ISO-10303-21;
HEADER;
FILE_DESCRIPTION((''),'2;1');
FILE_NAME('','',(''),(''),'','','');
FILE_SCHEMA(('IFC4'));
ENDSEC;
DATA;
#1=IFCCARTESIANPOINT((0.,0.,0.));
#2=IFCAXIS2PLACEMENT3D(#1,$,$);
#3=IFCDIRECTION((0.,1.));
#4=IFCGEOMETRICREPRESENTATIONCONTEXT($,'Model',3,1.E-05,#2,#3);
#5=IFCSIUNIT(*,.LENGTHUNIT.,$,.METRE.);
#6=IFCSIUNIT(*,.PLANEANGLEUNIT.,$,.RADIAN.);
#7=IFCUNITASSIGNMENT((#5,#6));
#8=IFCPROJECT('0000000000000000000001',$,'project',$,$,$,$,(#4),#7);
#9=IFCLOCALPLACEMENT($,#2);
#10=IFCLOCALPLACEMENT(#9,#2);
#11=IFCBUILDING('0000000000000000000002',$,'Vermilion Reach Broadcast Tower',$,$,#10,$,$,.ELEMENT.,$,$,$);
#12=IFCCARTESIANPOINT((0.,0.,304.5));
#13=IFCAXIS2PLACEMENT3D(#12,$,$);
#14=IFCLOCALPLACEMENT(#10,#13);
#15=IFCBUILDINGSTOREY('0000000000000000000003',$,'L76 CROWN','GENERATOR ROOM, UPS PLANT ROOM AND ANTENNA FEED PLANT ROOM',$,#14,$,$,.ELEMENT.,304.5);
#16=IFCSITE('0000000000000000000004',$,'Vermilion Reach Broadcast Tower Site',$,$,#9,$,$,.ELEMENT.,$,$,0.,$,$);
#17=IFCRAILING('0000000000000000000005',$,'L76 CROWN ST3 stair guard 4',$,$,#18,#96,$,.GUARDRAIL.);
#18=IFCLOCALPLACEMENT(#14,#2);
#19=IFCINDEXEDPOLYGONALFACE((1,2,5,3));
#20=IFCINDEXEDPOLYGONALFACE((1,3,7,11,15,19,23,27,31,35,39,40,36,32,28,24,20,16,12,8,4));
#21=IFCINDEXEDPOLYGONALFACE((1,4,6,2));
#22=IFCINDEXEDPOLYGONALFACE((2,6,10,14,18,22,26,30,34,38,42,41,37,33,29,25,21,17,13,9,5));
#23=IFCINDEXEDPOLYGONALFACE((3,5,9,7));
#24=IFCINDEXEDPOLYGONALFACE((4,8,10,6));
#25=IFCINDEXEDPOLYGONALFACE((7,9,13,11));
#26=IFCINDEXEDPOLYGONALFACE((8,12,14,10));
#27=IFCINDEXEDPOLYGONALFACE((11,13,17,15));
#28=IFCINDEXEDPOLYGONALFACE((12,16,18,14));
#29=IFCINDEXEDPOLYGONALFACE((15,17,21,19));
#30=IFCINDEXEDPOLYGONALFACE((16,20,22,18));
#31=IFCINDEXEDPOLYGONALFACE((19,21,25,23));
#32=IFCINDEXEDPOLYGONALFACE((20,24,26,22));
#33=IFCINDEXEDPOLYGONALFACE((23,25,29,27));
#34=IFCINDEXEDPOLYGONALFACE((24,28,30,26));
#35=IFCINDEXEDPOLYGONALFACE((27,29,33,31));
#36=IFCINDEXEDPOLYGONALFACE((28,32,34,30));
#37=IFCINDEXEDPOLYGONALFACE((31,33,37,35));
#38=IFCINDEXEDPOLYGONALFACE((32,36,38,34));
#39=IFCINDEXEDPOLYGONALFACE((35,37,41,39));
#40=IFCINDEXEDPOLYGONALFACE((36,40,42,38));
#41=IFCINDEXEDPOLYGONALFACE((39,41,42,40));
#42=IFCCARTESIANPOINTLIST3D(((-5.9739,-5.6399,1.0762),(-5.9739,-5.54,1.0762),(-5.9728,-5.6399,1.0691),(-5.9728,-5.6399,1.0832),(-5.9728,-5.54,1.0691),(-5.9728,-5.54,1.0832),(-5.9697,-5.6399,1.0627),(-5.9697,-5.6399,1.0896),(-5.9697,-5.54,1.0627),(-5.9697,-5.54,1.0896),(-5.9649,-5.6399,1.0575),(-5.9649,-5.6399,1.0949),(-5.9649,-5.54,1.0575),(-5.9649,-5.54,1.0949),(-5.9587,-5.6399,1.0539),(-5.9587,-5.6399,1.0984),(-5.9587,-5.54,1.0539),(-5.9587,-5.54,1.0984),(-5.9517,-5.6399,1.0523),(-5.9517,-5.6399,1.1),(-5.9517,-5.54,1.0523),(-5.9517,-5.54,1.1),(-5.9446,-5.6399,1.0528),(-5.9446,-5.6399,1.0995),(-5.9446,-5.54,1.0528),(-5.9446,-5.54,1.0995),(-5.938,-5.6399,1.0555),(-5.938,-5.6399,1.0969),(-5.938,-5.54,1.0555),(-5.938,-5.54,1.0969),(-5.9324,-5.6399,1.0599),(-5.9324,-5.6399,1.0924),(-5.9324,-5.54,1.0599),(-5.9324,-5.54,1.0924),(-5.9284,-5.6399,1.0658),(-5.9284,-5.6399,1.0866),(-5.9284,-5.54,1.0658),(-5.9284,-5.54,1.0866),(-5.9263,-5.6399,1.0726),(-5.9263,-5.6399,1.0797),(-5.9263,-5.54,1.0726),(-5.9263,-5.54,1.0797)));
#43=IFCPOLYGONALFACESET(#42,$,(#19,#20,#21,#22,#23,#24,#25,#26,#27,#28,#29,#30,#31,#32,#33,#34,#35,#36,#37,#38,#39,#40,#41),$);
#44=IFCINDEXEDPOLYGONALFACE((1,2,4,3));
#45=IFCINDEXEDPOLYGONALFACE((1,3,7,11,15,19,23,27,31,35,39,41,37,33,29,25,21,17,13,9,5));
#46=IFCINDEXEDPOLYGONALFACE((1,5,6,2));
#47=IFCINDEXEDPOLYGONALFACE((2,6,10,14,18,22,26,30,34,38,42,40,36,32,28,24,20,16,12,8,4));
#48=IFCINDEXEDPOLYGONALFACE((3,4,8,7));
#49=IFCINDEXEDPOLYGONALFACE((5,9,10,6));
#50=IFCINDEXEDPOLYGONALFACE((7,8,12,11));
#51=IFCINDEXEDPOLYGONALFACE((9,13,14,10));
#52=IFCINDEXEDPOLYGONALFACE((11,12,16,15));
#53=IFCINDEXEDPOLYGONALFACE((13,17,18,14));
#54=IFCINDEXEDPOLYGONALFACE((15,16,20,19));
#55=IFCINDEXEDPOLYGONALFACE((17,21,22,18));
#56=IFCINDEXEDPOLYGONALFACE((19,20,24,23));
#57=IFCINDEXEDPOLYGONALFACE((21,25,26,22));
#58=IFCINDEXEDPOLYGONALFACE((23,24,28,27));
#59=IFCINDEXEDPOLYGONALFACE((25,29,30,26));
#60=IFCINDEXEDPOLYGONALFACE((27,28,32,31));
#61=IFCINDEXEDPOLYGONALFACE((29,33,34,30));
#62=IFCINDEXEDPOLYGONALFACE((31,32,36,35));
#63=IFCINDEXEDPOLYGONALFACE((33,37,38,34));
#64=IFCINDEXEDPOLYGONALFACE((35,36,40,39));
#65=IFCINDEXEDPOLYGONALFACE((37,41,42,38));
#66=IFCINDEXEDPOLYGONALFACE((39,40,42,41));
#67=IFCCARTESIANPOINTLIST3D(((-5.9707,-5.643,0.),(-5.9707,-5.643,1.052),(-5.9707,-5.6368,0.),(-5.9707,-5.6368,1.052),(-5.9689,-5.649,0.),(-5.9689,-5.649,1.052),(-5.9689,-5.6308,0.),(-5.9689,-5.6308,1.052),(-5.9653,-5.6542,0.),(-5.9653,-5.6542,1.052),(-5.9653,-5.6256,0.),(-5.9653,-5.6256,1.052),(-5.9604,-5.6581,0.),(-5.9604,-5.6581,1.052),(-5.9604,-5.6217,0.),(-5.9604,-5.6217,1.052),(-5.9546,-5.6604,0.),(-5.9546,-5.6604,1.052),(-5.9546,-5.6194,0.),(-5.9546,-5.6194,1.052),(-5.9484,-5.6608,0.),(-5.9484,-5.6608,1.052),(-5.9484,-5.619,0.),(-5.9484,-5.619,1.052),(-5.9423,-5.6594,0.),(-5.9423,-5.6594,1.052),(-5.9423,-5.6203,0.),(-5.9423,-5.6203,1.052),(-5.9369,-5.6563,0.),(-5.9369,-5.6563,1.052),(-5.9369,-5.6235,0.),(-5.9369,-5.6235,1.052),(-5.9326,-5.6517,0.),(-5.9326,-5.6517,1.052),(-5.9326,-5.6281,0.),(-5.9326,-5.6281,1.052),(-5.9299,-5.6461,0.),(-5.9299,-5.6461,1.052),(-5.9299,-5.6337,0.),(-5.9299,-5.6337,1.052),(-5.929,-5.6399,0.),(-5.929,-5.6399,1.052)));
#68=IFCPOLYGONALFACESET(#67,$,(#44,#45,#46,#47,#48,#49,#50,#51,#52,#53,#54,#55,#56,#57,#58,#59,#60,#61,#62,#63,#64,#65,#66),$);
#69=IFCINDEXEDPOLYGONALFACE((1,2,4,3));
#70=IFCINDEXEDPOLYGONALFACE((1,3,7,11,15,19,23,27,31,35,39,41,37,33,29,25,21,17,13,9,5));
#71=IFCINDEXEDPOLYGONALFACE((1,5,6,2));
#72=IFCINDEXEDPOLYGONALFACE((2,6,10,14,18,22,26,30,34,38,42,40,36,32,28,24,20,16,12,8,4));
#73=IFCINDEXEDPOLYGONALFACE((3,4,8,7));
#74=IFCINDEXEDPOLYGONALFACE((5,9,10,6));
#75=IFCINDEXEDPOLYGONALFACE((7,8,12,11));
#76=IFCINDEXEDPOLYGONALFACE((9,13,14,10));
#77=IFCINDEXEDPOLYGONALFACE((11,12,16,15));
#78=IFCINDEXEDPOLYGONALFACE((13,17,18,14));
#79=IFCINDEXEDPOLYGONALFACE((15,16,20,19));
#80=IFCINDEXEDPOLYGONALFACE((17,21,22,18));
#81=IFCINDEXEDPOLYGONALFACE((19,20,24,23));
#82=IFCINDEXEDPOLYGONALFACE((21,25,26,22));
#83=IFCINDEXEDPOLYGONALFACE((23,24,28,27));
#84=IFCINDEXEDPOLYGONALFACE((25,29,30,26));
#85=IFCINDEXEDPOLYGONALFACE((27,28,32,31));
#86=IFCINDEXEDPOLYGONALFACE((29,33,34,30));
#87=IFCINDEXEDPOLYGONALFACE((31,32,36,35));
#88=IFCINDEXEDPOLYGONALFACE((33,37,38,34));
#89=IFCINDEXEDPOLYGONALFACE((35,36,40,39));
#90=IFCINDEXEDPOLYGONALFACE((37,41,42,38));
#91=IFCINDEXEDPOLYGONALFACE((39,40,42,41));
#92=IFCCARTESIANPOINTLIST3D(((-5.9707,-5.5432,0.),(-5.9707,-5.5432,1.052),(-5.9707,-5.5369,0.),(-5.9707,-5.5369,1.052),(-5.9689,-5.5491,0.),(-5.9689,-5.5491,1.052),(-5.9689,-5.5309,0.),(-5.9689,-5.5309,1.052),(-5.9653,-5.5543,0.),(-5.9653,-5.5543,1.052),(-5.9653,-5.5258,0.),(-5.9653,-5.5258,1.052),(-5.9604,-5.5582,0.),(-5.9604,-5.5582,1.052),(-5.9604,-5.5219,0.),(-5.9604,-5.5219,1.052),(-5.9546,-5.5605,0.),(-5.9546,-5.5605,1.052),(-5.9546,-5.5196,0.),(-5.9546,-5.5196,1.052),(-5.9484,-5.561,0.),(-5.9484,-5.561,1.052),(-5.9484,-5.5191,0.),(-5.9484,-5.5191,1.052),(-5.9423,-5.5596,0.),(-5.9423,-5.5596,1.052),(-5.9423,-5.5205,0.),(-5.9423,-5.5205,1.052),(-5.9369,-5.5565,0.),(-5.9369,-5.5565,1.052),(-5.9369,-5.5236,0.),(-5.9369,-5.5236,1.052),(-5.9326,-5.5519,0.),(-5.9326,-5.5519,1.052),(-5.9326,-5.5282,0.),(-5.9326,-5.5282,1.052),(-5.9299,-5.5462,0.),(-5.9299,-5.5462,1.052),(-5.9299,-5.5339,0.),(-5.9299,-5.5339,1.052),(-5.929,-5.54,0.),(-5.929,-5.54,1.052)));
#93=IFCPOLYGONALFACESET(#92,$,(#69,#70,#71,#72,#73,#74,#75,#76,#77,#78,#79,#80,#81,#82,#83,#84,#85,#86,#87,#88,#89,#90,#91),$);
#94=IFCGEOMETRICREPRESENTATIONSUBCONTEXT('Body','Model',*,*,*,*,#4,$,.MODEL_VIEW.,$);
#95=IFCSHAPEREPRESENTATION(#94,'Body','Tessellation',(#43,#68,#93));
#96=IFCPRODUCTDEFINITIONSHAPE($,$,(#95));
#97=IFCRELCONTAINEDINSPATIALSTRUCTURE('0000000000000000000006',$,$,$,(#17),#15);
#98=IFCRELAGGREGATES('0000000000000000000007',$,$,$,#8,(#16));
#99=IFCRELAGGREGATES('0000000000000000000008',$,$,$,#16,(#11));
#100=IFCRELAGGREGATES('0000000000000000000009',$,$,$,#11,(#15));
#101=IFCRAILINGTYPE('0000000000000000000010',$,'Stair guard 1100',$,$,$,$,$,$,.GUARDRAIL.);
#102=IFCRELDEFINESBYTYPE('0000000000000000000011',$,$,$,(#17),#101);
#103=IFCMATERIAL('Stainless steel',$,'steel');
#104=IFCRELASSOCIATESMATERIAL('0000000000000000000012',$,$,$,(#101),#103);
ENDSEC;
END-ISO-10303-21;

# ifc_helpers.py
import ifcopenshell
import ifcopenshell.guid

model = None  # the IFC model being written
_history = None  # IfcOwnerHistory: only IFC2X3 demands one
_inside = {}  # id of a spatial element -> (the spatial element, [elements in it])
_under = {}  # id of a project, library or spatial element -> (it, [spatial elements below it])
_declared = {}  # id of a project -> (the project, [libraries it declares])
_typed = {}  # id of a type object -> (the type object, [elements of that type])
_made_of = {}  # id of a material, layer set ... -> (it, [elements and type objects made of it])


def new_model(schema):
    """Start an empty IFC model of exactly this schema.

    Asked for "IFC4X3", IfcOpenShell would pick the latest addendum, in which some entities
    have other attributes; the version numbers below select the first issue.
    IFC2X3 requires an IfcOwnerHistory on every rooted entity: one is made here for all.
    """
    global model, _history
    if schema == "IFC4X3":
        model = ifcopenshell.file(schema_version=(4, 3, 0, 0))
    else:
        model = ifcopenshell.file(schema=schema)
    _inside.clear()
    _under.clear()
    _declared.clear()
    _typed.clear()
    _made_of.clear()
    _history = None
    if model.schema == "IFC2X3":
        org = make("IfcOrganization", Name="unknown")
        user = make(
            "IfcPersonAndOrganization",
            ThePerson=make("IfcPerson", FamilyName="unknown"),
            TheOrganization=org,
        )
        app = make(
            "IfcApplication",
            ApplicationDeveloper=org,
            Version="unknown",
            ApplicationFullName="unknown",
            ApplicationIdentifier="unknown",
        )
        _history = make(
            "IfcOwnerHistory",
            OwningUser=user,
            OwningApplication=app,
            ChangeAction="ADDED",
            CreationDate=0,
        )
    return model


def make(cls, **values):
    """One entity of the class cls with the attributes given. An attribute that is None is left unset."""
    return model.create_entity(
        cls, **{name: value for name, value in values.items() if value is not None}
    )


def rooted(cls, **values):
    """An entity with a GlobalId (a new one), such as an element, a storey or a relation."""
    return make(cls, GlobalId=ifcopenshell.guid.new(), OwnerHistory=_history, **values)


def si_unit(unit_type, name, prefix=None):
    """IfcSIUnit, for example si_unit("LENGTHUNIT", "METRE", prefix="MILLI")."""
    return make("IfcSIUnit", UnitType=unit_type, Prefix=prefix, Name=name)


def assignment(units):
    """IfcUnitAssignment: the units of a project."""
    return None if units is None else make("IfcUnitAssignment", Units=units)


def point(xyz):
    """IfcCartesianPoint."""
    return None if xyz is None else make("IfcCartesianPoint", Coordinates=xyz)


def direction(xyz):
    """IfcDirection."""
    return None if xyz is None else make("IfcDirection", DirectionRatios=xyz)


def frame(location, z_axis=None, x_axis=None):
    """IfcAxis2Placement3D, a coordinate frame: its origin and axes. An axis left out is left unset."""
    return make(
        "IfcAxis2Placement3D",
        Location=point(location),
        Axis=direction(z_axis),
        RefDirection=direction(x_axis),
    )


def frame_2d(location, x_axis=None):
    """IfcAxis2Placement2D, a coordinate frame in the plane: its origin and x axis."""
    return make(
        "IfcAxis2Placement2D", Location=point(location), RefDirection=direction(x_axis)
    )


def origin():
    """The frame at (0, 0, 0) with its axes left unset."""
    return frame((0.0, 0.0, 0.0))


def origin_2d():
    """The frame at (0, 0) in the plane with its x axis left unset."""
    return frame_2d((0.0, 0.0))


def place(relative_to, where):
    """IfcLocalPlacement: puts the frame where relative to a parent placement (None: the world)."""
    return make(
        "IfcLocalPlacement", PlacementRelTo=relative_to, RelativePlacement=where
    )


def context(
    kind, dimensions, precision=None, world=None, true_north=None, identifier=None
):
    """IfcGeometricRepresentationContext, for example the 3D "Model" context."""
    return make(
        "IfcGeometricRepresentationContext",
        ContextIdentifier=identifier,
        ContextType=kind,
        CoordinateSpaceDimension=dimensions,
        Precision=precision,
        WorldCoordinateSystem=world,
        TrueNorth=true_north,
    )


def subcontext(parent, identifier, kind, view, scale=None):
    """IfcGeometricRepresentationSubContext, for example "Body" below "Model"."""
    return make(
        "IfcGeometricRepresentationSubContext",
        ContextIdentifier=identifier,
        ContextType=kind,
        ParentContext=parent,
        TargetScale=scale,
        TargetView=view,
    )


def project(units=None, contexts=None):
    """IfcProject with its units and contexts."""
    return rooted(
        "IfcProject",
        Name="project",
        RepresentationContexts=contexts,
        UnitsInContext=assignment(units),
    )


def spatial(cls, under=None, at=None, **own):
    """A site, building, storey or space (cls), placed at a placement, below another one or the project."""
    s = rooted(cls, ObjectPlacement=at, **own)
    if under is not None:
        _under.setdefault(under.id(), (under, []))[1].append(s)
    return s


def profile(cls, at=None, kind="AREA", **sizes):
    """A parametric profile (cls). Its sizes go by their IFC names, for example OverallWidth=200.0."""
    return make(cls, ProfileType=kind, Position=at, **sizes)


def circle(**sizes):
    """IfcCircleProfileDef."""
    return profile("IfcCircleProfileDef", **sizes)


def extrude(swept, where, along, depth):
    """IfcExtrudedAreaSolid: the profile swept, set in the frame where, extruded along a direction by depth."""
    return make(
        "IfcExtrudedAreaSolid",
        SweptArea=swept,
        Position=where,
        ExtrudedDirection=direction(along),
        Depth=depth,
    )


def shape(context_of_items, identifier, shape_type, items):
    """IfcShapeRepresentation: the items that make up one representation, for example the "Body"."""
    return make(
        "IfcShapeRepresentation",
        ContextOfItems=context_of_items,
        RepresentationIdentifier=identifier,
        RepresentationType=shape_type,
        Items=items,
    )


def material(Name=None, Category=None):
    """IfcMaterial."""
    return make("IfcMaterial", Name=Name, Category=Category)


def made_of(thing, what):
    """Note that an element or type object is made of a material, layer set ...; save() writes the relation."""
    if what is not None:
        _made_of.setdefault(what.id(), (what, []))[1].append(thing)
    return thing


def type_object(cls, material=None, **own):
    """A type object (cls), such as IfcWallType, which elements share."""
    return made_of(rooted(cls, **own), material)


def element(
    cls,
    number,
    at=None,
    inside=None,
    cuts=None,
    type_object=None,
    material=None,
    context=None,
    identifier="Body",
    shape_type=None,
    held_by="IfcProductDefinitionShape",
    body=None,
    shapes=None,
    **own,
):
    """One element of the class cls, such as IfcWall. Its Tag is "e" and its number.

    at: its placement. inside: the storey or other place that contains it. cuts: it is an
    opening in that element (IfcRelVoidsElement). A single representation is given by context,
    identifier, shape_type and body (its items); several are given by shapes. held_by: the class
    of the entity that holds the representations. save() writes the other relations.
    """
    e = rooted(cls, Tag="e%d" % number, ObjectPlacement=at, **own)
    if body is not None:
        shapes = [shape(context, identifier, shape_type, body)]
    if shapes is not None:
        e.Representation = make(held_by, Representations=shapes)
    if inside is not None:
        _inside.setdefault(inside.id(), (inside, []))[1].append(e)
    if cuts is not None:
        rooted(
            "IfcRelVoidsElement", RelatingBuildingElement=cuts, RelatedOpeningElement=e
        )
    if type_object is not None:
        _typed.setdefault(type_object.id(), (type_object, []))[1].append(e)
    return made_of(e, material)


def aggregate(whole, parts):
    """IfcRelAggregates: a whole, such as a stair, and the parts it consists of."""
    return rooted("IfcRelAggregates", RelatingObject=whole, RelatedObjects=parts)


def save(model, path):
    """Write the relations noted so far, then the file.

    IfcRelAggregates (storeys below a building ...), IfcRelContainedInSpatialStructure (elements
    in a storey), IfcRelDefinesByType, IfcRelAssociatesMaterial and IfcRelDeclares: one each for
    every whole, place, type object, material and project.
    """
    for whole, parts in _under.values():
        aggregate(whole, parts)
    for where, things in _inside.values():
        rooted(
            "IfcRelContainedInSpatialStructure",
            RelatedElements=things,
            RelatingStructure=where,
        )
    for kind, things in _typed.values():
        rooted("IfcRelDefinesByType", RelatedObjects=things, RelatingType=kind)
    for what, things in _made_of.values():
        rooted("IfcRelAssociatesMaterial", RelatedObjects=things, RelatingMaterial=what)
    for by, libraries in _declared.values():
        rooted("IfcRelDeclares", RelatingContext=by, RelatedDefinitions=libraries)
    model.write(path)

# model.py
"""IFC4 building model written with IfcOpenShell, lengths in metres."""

from ifc_helpers import new_model, si_unit, direction, frame, origin, origin_2d, place, context, subcontext, project, spatial, circle, extrude, material, type_object, element, save


model = new_model("IFC4")

# Units and contexts
model_context = context("Model", 3, precision=1e-05, world=origin(), true_north=direction((0.0, 1.0)))
body_context = subcontext(model_context, "Body", "Model", "MODEL_VIEW")
ifc_project = project(units=[si_unit("LENGTHUNIT", "METRE"), si_unit("PLANEANGLEUNIT", "RADIAN")], contexts=[model_context])

# Site, building, storey
site_placement = place(None, origin())
site = spatial("IfcSite", under=ifc_project, at=site_placement, Name="Vermilion Reach Broadcast Tower Site", CompositionType="ELEMENT", RefElevation=0.0)
building_placement = place(site_placement, origin())
building = spatial("IfcBuilding", under=site, at=building_placement, Name="Vermilion Reach Broadcast Tower", CompositionType="ELEMENT")
storey_placement = place(building_placement, frame((0.0, 0.0, 304.5)))
storey = spatial("IfcBuildingStorey", under=building, at=storey_placement, Name="L76 CROWN", Description="GENERATOR ROOM, UPS PLANT ROOM AND ANTENNA FEED PLANT ROOM", CompositionType="ELEMENT", Elevation=304.5)

# Railing
ifc_material_1 = material(Name="Stainless steel", Category="steel")
railing_type_1 = type_object("IfcRailingType", Name="Stair guard 1100", PredefinedType="GUARDRAIL", material=ifc_material_1)
railing_1_placement = place(storey_placement, frame((-5.95, -5.6399, 0.0)))
element("IfcRailing", 1, at=railing_1_placement, inside=storey, type_object=railing_type_1, Name="L76 CROWN ST3 stair guard 4", PredefinedType="GUARDRAIL", context=body_context, shape_type="SweptSolid", body=[
    extrude(circle(Radius=0.0239, at=origin_2d()), frame((0.0, 0.0, 1.0762), z_axis=(0.0, 1.0, 0.0), x_axis=(-1.0, 0.0, 0.0)), (0.0, 0.0, 1.0), 0.0999),
    extrude(circle(Radius=0.021, at=origin_2d()), origin(), (0.0, 0.0, 1.0), 1.052),
    extrude(circle(Radius=0.021, at=origin_2d()), frame((0.0, 0.0999, 0.0)), (0.0, 0.0, 1.0), 1.052),
])

save(model, "model.ifc")
